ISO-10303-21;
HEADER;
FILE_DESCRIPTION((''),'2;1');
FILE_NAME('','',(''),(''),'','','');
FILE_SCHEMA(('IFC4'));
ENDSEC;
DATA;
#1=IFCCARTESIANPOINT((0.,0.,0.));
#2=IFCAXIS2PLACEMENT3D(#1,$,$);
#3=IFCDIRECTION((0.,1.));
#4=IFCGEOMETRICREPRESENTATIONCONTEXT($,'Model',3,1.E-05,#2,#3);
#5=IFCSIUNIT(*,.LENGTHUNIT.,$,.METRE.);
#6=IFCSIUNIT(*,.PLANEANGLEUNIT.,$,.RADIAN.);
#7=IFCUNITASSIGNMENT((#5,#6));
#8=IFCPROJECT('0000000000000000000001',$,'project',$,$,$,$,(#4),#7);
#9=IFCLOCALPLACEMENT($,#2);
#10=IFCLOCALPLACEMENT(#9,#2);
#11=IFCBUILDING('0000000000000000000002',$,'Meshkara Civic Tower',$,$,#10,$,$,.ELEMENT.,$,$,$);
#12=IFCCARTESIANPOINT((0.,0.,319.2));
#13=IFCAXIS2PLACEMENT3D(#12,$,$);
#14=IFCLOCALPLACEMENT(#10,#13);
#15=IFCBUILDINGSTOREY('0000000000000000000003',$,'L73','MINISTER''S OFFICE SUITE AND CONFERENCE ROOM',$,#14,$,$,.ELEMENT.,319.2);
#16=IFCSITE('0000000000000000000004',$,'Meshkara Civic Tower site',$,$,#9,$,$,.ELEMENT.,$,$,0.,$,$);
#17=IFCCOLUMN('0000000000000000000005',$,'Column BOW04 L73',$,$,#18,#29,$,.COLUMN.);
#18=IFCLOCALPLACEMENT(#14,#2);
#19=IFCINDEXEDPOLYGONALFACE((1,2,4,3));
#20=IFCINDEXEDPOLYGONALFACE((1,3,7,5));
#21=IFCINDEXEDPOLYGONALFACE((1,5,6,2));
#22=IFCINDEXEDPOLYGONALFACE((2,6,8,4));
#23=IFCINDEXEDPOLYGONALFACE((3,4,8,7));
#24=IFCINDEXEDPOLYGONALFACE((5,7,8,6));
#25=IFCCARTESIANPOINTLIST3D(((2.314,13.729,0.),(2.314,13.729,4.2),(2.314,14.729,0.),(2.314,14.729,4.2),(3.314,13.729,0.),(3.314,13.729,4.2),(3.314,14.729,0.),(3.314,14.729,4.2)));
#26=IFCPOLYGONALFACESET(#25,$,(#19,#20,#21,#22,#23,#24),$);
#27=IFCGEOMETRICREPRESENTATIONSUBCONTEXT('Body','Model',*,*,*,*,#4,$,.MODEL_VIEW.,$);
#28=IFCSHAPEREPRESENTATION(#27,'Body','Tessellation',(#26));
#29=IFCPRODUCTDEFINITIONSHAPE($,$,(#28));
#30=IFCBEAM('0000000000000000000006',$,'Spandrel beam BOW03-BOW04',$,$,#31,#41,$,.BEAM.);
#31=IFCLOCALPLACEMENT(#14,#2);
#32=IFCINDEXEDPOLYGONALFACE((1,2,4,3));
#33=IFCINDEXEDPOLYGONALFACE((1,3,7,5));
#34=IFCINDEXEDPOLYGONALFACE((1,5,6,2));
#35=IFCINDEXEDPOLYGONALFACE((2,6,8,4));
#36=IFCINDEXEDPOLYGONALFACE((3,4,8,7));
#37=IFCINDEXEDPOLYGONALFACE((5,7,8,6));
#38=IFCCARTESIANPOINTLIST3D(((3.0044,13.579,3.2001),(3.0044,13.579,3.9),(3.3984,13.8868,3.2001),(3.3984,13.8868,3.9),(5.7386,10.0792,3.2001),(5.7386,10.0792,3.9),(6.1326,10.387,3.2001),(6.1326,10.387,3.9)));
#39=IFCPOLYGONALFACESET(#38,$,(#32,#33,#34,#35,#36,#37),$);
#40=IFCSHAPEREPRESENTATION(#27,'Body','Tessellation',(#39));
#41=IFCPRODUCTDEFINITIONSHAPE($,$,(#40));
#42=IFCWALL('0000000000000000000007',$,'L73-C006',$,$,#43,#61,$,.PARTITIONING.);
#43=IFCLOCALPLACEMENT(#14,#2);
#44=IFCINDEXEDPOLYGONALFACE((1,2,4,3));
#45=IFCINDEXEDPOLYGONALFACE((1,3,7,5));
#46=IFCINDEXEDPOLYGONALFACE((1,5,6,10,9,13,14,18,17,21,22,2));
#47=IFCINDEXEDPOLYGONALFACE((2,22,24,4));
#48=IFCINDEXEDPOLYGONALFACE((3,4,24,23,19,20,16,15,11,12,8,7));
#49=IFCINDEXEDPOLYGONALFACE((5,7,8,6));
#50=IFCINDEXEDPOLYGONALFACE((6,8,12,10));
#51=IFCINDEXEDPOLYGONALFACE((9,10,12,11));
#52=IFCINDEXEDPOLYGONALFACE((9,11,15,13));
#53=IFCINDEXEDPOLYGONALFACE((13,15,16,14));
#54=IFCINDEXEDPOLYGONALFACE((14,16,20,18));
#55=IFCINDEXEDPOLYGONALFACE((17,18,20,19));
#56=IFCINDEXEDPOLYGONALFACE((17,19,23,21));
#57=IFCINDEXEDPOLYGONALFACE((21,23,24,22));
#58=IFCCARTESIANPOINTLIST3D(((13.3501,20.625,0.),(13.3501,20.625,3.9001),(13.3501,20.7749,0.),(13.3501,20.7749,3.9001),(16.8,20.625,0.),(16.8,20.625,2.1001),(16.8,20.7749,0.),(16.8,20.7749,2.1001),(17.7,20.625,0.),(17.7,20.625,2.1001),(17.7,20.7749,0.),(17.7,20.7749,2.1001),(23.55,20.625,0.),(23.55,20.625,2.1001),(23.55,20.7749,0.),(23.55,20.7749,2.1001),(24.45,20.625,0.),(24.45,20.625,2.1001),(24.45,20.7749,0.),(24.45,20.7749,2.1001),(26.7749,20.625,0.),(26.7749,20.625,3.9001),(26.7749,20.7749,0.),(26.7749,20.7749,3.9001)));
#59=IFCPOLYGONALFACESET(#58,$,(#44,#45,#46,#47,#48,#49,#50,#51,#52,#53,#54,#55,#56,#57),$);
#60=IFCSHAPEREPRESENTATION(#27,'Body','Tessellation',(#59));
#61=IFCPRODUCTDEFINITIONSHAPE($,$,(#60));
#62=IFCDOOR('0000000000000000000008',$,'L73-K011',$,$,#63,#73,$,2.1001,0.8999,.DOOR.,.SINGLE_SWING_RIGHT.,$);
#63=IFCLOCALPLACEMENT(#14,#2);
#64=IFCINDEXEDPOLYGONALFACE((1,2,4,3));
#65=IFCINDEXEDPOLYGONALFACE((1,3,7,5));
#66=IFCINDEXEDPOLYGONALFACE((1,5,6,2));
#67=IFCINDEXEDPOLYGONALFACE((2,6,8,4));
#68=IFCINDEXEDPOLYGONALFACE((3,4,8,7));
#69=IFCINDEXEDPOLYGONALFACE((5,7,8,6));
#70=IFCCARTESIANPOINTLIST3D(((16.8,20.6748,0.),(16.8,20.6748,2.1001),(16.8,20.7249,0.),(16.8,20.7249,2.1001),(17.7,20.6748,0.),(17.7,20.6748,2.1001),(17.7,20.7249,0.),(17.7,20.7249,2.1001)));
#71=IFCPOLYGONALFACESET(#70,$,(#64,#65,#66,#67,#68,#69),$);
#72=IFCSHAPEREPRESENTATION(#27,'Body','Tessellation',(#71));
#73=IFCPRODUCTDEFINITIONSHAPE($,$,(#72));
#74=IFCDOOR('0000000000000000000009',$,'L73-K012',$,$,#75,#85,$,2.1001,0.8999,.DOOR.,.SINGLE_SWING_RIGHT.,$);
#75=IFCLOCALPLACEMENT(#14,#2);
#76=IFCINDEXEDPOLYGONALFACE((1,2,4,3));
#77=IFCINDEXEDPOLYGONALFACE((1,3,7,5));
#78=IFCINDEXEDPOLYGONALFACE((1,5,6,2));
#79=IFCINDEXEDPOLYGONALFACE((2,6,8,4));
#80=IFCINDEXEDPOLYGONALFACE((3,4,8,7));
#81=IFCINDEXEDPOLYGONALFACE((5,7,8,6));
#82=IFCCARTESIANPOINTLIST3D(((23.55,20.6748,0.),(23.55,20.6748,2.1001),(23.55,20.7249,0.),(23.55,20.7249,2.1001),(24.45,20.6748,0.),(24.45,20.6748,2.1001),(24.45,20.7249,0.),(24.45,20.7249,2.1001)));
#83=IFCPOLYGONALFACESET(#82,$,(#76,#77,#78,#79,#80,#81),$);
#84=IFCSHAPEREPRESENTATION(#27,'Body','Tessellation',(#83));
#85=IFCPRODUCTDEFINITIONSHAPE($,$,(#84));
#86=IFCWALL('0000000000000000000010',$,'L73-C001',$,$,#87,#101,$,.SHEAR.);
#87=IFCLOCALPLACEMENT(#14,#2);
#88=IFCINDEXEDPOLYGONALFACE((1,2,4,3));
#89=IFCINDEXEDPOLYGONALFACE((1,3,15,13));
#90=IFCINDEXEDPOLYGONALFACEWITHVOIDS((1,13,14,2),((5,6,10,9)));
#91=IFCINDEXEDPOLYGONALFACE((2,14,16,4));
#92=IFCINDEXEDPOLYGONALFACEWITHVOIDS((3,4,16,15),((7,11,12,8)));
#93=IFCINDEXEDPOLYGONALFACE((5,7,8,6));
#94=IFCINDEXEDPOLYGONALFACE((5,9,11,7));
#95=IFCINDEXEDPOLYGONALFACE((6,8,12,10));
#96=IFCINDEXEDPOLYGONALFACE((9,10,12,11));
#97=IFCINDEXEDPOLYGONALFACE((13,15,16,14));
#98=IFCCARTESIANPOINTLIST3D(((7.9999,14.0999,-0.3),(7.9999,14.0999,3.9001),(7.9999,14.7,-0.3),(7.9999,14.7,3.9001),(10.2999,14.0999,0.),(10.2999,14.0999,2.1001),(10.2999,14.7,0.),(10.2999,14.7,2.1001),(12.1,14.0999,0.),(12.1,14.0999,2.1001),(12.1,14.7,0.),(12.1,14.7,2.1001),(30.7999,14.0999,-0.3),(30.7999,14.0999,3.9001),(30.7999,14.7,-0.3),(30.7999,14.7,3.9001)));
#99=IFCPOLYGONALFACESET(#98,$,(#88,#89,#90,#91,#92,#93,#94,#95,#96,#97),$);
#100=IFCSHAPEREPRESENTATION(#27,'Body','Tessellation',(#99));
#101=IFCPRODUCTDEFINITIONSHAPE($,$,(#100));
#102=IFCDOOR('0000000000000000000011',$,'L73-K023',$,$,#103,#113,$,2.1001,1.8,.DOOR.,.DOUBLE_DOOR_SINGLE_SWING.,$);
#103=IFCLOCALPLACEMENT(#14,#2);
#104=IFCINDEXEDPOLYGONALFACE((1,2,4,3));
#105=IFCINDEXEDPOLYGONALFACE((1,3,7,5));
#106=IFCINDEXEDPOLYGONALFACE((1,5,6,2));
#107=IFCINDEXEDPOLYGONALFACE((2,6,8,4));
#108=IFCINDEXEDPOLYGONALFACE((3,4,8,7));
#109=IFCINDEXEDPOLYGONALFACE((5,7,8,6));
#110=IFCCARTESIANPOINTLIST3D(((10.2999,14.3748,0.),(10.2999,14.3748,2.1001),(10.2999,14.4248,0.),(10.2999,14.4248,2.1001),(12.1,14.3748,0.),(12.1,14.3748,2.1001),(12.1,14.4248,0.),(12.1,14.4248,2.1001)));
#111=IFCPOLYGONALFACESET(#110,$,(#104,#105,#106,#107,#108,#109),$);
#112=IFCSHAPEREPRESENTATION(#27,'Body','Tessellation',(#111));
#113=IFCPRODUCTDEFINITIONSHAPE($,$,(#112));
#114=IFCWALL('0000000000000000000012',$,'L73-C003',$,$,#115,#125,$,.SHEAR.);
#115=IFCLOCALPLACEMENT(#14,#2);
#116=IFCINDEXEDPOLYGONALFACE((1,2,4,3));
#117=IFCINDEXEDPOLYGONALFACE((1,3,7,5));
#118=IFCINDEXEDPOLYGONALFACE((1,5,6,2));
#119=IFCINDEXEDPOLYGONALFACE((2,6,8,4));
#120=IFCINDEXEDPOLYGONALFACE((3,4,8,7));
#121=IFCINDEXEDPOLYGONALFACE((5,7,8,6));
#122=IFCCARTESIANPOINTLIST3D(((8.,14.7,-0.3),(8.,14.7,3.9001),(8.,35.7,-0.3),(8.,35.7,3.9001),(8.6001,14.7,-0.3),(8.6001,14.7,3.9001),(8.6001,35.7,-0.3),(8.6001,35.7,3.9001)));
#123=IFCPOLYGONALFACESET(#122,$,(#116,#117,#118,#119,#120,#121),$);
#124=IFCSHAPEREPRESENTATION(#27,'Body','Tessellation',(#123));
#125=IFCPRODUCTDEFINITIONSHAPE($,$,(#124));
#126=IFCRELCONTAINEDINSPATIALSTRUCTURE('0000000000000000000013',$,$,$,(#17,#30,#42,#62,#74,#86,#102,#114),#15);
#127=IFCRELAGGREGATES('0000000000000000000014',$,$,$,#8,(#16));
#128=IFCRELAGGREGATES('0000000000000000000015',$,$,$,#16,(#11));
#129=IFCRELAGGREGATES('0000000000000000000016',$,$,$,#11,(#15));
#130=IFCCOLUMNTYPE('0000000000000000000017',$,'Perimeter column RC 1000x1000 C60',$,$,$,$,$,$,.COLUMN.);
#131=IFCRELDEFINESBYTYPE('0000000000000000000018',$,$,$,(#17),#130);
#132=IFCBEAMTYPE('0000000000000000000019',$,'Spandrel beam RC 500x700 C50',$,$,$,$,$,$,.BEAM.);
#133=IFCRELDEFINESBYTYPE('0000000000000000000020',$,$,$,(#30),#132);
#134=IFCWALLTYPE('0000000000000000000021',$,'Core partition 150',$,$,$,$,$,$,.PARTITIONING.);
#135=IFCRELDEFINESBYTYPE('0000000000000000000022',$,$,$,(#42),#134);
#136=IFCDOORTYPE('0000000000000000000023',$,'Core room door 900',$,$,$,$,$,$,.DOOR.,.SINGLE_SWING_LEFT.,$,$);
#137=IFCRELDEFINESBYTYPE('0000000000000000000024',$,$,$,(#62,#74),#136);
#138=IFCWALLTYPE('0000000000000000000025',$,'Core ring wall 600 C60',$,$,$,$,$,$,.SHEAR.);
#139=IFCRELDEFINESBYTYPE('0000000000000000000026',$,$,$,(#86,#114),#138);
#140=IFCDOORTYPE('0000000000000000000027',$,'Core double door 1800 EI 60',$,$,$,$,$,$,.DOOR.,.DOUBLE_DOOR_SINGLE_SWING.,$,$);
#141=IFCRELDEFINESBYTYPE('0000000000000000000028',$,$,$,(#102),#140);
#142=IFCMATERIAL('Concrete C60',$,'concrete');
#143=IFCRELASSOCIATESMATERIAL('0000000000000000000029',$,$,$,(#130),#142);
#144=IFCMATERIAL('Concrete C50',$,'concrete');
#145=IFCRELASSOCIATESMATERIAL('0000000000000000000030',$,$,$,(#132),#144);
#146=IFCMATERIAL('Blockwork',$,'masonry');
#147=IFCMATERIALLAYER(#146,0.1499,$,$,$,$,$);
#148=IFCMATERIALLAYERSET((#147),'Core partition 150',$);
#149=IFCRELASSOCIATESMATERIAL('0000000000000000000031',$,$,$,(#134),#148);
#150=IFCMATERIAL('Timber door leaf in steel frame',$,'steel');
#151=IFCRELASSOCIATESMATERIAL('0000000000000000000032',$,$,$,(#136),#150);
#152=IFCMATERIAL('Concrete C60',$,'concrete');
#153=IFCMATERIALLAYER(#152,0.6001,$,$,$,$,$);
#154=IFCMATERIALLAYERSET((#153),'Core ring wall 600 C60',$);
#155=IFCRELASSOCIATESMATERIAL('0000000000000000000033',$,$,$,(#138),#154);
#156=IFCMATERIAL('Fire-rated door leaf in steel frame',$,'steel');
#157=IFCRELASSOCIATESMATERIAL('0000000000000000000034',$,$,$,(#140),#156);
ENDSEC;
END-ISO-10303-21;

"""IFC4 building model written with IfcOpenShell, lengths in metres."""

from ifc_helpers import new_model, si_unit, direction, frame, frame_2d, origin, origin_2d, place, context, subcontext, project, spatial, rectangle, extrude, material, layer, layer_set, material_profile, profile_set, type_object, element, fill, save


model = new_model("IFC4")

# Units and contexts
model_context = context("Model", 3, precision=1e-05, world=origin(), true_north=direction((0.0, 1.0)))
body_context = subcontext(model_context, "Body", "Model", "MODEL_VIEW")
ifc_project = project(units=[si_unit("LENGTHUNIT", "METRE"), si_unit("PLANEANGLEUNIT", "RADIAN")], contexts=[model_context])

# Site, building, storey
site_placement = place(None, origin())
site = spatial("IfcSite", under=ifc_project, at=site_placement, Name="Meshkara Civic Tower site", CompositionType="ELEMENT", RefElevation=0.0)
building_placement = place(site_placement, origin())
building = spatial("IfcBuilding", under=site, at=building_placement, Name="Meshkara Civic Tower", CompositionType="ELEMENT")
storey_placement = place(building_placement, frame((0.0, 0.0, 319.2)))
storey = spatial("IfcBuildingStorey", under=building, at=storey_placement, Name="L73", Description="MINISTER'S OFFICE SUITE AND CONFERENCE ROOM", CompositionType="ELEMENT", Elevation=319.2)

# Column
ifc_material_1 = material(Name="Concrete C60", Category="concrete")
ifc_material_profile_1 = material_profile(ifc_material_1, rectangle(XDim=1.0, YDim=1.0, at=origin_2d()))
ifc_profile_set_1 = profile_set([ifc_material_profile_1], Name="Concrete C60")
column_type = type_object("IfcColumnType", Name="Perimeter column RC 1000x1000 C60", PredefinedType="COLUMN", material=ifc_profile_set_1)
column_placement = place(storey_placement, frame((2.814, 14.229, 0.0), z_axis=(0.0, 0.0, 1.0), x_axis=(1.0, 0.0, 0.0)))
element("IfcColumn", 1, at=column_placement, inside=storey, type_object=column_type, Name="Column BOW04 L73", PredefinedType="COLUMN", context=body_context, shape_type="SweptSolid", body=[
    extrude(rectangle(XDim=1.0, YDim=1.0, at=origin_2d()), origin(), (0.0, 0.0, 1.0), 4.2),
])

# Beam
ifc_material_2 = material(Name="Concrete C50", Category="concrete")
ifc_material_profile_2 = material_profile(ifc_material_2, rectangle(XDim=0.5, YDim=0.7, at=origin_2d()))
ifc_profile_set_2 = profile_set([ifc_material_profile_2], Name="Concrete C50")
beam_type = type_object("IfcBeamType", Name="Spandrel beam RC 500x700 C50", PredefinedType="BEAM", material=ifc_profile_set_2)
beam_placement = place(storey_placement, frame((3.2014, 13.7329, 3.55), z_axis=(0.615637, -0.78803, 0.0), x_axis=(0.78803, 0.615637, 0.0)))
element("IfcBeam", 2, at=beam_placement, inside=storey, type_object=beam_type, Name="Spandrel beam BOW03-BOW04", PredefinedType="BEAM", context=body_context, shape_type="SweptSolid", body=[
    extrude(rectangle(XDim=0.5, YDim=0.7, at=origin_2d()), origin(), (0.0, 0.0, 1.0), 4.4412),
])

# Wall, openings, doors
ifc_material_3 = material(Name="Blockwork", Category="masonry")
ifc_layer_1 = layer(ifc_material_3, 0.1499)
ifc_layer_set_1 = layer_set([ifc_layer_1], Name="Core partition 150")
wall_type_1 = type_object("IfcWallType", Name="Core partition 150", PredefinedType="PARTITIONING", material=ifc_layer_set_1)
wall_1_placement = place(storey_placement, frame((13.3501, 20.7, 0.0), z_axis=(0.0, 0.0, 1.0), x_axis=(1.0, 0.0, 0.0)))
wall_1 = element("IfcWall", 3, at=wall_1_placement, inside=storey, type_object=wall_type_1, Name="L73-C006", PredefinedType="PARTITIONING", context=body_context, shape_type="SweptSolid", body=[
    extrude(rectangle(XDim=13.4248, YDim=0.1499, at=frame_2d((6.7124, 0.0))), origin(), (0.0, 0.0, 1.0), 3.9001),
])
opening_1_placement = place(wall_1_placement, frame((3.45, 0.0, 0.0)))
opening_1 = element("IfcOpeningElement", 4, at=opening_1_placement, cuts=wall_1, PredefinedType="OPENING", context=body_context, shape_type="SweptSolid", body=[
    extrude(rectangle(XDim=0.8999, YDim=2.1001, at=frame_2d((0.45, 1.05))), frame((0.0, 0.085, 0.0), z_axis=(0.0, -1.0, 0.0), x_axis=(1.0, 0.0, 0.0)), (0.0, 0.0, 1.0), 0.1699),
])
opening_2_placement = place(wall_1_placement, frame((10.2, 0.0, 0.0)))
opening_2 = element("IfcOpeningElement", 5, at=opening_2_placement, cuts=wall_1, PredefinedType="OPENING", context=body_context, shape_type="SweptSolid", body=[
    extrude(rectangle(XDim=0.8999, YDim=2.1001, at=frame_2d((0.45, 1.05))), frame((0.0, 0.085, 0.0), z_axis=(0.0, -1.0, 0.0), x_axis=(1.0, 0.0, 0.0)), (0.0, 0.0, 1.0), 0.1699),
])
ifc_material_4 = material(Name="Timber door leaf in steel frame", Category="steel")
door_type_1 = type_object("IfcDoorType", Name="Core room door 900", OperationType="SINGLE_SWING_LEFT", PredefinedType="DOOR", material=ifc_material_4)
door_1_placement = place(opening_1_placement, origin())
door_1 = element("IfcDoor", 6, at=door_1_placement, inside=storey, type_object=door_type_1, Name="L73-K011", OperationType="SINGLE_SWING_RIGHT", OverallHeight=2.1001, OverallWidth=0.8999, PredefinedType="DOOR", context=body_context, shape_type="SweptSolid", body=[
    extrude(rectangle(XDim=0.8999, YDim=2.1001, at=frame_2d((0.45, 1.05))), frame((0.0, 0.0249, 0.0), z_axis=(0.0, -1.0, 0.0), x_axis=(1.0, 0.0, 0.0)), (0.0, 0.0, 1.0), 0.05),
])
fill(opening_1, door_1)
door_2_placement = place(opening_2_placement, origin())
door_2 = element("IfcDoor", 7, at=door_2_placement, inside=storey, type_object=door_type_1, Name="L73-K012", OperationType="SINGLE_SWING_RIGHT", OverallHeight=2.1001, OverallWidth=0.8999, PredefinedType="DOOR", context=body_context, shape_type="SweptSolid", body=[
    extrude(rectangle(XDim=0.8999, YDim=2.1001, at=frame_2d((0.45, 1.05))), frame((0.0, 0.0249, 0.0), z_axis=(0.0, -1.0, 0.0), x_axis=(1.0, 0.0, 0.0)), (0.0, 0.0, 1.0), 0.05),
])
fill(opening_2, door_2)

# Wall, opening, door
ifc_material_5 = material(Name="Concrete C60", Category="concrete")
ifc_layer_2 = layer(ifc_material_5, 0.6001)
ifc_layer_set_2 = layer_set([ifc_layer_2], Name="Core ring wall 600 C60")
wall_type_2 = type_object("IfcWallType", Name="Core ring wall 600 C60", PredefinedType="SHEAR", material=ifc_layer_set_2)
wall_2_placement = place(storey_placement, frame((8.0, 14.3999, -0.3), z_axis=(0.0, 0.0, 1.0), x_axis=(1.0, 0.0, 0.0)))
wall_2 = element("IfcWall", 8, at=wall_2_placement, inside=storey, type_object=wall_type_2, Name="L73-C001", PredefinedType="SHEAR", context=body_context, shape_type="SweptSolid", body=[
    extrude(rectangle(XDim=22.8, YDim=0.6001, at=frame_2d((11.3999, 0.0))), origin(), (0.0, 0.0, 1.0), 4.2002),
])
opening_3_placement = place(wall_2_placement, frame((2.3, 0.0, 0.3)))
opening_3 = element("IfcOpeningElement", 9, at=opening_3_placement, cuts=wall_2, PredefinedType="OPENING", context=body_context, shape_type="SweptSolid", body=[
    extrude(rectangle(XDim=1.8, YDim=2.1001, at=frame_2d((0.8999, 1.05))), frame((0.0, 0.3101, 0.0), z_axis=(0.0, -1.0, 0.0), x_axis=(1.0, 0.0, 0.0)), (0.0, 0.0, 1.0), 0.6201),
])
ifc_material_6 = material(Name="Fire-rated door leaf in steel frame", Category="steel")
door_type_2 = type_object("IfcDoorType", Name="Core double door 1800 EI 60", OperationType="DOUBLE_DOOR_SINGLE_SWING", PredefinedType="DOOR", material=ifc_material_6)
door_3_placement = place(opening_3_placement, origin())
door_3 = element("IfcDoor", 10, at=door_3_placement, inside=storey, type_object=door_type_2, Name="L73-K023", OperationType="DOUBLE_DOOR_SINGLE_SWING", OverallHeight=2.1001, OverallWidth=1.8, PredefinedType="DOOR", context=body_context, shape_type="SweptSolid", body=[
    extrude(rectangle(XDim=1.8, YDim=2.1001, at=frame_2d((0.8999, 1.05))), frame((0.0, 0.0249, 0.0), z_axis=(0.0, -1.0, 0.0), x_axis=(1.0, 0.0, 0.0)), (0.0, 0.0, 1.0), 0.05),
])
fill(opening_3, door_3)

# Wall
wall_3_placement = place(storey_placement, frame((8.3, 14.7, -0.3), z_axis=(0.0, 0.0, 1.0), x_axis=(0.0, 1.0, 0.0)))
element("IfcWall", 11, at=wall_3_placement, inside=storey, type_object=wall_type_2, Name="L73-C003", PredefinedType="SHEAR", context=body_context, shape_type="SweptSolid", body=[
    extrude(rectangle(XDim=21.0, YDim=0.6001, at=frame_2d((10.5, 0.0))), origin(), (0.0, 0.0, 1.0), 4.2002),
])

save(model, "model.ifc")
